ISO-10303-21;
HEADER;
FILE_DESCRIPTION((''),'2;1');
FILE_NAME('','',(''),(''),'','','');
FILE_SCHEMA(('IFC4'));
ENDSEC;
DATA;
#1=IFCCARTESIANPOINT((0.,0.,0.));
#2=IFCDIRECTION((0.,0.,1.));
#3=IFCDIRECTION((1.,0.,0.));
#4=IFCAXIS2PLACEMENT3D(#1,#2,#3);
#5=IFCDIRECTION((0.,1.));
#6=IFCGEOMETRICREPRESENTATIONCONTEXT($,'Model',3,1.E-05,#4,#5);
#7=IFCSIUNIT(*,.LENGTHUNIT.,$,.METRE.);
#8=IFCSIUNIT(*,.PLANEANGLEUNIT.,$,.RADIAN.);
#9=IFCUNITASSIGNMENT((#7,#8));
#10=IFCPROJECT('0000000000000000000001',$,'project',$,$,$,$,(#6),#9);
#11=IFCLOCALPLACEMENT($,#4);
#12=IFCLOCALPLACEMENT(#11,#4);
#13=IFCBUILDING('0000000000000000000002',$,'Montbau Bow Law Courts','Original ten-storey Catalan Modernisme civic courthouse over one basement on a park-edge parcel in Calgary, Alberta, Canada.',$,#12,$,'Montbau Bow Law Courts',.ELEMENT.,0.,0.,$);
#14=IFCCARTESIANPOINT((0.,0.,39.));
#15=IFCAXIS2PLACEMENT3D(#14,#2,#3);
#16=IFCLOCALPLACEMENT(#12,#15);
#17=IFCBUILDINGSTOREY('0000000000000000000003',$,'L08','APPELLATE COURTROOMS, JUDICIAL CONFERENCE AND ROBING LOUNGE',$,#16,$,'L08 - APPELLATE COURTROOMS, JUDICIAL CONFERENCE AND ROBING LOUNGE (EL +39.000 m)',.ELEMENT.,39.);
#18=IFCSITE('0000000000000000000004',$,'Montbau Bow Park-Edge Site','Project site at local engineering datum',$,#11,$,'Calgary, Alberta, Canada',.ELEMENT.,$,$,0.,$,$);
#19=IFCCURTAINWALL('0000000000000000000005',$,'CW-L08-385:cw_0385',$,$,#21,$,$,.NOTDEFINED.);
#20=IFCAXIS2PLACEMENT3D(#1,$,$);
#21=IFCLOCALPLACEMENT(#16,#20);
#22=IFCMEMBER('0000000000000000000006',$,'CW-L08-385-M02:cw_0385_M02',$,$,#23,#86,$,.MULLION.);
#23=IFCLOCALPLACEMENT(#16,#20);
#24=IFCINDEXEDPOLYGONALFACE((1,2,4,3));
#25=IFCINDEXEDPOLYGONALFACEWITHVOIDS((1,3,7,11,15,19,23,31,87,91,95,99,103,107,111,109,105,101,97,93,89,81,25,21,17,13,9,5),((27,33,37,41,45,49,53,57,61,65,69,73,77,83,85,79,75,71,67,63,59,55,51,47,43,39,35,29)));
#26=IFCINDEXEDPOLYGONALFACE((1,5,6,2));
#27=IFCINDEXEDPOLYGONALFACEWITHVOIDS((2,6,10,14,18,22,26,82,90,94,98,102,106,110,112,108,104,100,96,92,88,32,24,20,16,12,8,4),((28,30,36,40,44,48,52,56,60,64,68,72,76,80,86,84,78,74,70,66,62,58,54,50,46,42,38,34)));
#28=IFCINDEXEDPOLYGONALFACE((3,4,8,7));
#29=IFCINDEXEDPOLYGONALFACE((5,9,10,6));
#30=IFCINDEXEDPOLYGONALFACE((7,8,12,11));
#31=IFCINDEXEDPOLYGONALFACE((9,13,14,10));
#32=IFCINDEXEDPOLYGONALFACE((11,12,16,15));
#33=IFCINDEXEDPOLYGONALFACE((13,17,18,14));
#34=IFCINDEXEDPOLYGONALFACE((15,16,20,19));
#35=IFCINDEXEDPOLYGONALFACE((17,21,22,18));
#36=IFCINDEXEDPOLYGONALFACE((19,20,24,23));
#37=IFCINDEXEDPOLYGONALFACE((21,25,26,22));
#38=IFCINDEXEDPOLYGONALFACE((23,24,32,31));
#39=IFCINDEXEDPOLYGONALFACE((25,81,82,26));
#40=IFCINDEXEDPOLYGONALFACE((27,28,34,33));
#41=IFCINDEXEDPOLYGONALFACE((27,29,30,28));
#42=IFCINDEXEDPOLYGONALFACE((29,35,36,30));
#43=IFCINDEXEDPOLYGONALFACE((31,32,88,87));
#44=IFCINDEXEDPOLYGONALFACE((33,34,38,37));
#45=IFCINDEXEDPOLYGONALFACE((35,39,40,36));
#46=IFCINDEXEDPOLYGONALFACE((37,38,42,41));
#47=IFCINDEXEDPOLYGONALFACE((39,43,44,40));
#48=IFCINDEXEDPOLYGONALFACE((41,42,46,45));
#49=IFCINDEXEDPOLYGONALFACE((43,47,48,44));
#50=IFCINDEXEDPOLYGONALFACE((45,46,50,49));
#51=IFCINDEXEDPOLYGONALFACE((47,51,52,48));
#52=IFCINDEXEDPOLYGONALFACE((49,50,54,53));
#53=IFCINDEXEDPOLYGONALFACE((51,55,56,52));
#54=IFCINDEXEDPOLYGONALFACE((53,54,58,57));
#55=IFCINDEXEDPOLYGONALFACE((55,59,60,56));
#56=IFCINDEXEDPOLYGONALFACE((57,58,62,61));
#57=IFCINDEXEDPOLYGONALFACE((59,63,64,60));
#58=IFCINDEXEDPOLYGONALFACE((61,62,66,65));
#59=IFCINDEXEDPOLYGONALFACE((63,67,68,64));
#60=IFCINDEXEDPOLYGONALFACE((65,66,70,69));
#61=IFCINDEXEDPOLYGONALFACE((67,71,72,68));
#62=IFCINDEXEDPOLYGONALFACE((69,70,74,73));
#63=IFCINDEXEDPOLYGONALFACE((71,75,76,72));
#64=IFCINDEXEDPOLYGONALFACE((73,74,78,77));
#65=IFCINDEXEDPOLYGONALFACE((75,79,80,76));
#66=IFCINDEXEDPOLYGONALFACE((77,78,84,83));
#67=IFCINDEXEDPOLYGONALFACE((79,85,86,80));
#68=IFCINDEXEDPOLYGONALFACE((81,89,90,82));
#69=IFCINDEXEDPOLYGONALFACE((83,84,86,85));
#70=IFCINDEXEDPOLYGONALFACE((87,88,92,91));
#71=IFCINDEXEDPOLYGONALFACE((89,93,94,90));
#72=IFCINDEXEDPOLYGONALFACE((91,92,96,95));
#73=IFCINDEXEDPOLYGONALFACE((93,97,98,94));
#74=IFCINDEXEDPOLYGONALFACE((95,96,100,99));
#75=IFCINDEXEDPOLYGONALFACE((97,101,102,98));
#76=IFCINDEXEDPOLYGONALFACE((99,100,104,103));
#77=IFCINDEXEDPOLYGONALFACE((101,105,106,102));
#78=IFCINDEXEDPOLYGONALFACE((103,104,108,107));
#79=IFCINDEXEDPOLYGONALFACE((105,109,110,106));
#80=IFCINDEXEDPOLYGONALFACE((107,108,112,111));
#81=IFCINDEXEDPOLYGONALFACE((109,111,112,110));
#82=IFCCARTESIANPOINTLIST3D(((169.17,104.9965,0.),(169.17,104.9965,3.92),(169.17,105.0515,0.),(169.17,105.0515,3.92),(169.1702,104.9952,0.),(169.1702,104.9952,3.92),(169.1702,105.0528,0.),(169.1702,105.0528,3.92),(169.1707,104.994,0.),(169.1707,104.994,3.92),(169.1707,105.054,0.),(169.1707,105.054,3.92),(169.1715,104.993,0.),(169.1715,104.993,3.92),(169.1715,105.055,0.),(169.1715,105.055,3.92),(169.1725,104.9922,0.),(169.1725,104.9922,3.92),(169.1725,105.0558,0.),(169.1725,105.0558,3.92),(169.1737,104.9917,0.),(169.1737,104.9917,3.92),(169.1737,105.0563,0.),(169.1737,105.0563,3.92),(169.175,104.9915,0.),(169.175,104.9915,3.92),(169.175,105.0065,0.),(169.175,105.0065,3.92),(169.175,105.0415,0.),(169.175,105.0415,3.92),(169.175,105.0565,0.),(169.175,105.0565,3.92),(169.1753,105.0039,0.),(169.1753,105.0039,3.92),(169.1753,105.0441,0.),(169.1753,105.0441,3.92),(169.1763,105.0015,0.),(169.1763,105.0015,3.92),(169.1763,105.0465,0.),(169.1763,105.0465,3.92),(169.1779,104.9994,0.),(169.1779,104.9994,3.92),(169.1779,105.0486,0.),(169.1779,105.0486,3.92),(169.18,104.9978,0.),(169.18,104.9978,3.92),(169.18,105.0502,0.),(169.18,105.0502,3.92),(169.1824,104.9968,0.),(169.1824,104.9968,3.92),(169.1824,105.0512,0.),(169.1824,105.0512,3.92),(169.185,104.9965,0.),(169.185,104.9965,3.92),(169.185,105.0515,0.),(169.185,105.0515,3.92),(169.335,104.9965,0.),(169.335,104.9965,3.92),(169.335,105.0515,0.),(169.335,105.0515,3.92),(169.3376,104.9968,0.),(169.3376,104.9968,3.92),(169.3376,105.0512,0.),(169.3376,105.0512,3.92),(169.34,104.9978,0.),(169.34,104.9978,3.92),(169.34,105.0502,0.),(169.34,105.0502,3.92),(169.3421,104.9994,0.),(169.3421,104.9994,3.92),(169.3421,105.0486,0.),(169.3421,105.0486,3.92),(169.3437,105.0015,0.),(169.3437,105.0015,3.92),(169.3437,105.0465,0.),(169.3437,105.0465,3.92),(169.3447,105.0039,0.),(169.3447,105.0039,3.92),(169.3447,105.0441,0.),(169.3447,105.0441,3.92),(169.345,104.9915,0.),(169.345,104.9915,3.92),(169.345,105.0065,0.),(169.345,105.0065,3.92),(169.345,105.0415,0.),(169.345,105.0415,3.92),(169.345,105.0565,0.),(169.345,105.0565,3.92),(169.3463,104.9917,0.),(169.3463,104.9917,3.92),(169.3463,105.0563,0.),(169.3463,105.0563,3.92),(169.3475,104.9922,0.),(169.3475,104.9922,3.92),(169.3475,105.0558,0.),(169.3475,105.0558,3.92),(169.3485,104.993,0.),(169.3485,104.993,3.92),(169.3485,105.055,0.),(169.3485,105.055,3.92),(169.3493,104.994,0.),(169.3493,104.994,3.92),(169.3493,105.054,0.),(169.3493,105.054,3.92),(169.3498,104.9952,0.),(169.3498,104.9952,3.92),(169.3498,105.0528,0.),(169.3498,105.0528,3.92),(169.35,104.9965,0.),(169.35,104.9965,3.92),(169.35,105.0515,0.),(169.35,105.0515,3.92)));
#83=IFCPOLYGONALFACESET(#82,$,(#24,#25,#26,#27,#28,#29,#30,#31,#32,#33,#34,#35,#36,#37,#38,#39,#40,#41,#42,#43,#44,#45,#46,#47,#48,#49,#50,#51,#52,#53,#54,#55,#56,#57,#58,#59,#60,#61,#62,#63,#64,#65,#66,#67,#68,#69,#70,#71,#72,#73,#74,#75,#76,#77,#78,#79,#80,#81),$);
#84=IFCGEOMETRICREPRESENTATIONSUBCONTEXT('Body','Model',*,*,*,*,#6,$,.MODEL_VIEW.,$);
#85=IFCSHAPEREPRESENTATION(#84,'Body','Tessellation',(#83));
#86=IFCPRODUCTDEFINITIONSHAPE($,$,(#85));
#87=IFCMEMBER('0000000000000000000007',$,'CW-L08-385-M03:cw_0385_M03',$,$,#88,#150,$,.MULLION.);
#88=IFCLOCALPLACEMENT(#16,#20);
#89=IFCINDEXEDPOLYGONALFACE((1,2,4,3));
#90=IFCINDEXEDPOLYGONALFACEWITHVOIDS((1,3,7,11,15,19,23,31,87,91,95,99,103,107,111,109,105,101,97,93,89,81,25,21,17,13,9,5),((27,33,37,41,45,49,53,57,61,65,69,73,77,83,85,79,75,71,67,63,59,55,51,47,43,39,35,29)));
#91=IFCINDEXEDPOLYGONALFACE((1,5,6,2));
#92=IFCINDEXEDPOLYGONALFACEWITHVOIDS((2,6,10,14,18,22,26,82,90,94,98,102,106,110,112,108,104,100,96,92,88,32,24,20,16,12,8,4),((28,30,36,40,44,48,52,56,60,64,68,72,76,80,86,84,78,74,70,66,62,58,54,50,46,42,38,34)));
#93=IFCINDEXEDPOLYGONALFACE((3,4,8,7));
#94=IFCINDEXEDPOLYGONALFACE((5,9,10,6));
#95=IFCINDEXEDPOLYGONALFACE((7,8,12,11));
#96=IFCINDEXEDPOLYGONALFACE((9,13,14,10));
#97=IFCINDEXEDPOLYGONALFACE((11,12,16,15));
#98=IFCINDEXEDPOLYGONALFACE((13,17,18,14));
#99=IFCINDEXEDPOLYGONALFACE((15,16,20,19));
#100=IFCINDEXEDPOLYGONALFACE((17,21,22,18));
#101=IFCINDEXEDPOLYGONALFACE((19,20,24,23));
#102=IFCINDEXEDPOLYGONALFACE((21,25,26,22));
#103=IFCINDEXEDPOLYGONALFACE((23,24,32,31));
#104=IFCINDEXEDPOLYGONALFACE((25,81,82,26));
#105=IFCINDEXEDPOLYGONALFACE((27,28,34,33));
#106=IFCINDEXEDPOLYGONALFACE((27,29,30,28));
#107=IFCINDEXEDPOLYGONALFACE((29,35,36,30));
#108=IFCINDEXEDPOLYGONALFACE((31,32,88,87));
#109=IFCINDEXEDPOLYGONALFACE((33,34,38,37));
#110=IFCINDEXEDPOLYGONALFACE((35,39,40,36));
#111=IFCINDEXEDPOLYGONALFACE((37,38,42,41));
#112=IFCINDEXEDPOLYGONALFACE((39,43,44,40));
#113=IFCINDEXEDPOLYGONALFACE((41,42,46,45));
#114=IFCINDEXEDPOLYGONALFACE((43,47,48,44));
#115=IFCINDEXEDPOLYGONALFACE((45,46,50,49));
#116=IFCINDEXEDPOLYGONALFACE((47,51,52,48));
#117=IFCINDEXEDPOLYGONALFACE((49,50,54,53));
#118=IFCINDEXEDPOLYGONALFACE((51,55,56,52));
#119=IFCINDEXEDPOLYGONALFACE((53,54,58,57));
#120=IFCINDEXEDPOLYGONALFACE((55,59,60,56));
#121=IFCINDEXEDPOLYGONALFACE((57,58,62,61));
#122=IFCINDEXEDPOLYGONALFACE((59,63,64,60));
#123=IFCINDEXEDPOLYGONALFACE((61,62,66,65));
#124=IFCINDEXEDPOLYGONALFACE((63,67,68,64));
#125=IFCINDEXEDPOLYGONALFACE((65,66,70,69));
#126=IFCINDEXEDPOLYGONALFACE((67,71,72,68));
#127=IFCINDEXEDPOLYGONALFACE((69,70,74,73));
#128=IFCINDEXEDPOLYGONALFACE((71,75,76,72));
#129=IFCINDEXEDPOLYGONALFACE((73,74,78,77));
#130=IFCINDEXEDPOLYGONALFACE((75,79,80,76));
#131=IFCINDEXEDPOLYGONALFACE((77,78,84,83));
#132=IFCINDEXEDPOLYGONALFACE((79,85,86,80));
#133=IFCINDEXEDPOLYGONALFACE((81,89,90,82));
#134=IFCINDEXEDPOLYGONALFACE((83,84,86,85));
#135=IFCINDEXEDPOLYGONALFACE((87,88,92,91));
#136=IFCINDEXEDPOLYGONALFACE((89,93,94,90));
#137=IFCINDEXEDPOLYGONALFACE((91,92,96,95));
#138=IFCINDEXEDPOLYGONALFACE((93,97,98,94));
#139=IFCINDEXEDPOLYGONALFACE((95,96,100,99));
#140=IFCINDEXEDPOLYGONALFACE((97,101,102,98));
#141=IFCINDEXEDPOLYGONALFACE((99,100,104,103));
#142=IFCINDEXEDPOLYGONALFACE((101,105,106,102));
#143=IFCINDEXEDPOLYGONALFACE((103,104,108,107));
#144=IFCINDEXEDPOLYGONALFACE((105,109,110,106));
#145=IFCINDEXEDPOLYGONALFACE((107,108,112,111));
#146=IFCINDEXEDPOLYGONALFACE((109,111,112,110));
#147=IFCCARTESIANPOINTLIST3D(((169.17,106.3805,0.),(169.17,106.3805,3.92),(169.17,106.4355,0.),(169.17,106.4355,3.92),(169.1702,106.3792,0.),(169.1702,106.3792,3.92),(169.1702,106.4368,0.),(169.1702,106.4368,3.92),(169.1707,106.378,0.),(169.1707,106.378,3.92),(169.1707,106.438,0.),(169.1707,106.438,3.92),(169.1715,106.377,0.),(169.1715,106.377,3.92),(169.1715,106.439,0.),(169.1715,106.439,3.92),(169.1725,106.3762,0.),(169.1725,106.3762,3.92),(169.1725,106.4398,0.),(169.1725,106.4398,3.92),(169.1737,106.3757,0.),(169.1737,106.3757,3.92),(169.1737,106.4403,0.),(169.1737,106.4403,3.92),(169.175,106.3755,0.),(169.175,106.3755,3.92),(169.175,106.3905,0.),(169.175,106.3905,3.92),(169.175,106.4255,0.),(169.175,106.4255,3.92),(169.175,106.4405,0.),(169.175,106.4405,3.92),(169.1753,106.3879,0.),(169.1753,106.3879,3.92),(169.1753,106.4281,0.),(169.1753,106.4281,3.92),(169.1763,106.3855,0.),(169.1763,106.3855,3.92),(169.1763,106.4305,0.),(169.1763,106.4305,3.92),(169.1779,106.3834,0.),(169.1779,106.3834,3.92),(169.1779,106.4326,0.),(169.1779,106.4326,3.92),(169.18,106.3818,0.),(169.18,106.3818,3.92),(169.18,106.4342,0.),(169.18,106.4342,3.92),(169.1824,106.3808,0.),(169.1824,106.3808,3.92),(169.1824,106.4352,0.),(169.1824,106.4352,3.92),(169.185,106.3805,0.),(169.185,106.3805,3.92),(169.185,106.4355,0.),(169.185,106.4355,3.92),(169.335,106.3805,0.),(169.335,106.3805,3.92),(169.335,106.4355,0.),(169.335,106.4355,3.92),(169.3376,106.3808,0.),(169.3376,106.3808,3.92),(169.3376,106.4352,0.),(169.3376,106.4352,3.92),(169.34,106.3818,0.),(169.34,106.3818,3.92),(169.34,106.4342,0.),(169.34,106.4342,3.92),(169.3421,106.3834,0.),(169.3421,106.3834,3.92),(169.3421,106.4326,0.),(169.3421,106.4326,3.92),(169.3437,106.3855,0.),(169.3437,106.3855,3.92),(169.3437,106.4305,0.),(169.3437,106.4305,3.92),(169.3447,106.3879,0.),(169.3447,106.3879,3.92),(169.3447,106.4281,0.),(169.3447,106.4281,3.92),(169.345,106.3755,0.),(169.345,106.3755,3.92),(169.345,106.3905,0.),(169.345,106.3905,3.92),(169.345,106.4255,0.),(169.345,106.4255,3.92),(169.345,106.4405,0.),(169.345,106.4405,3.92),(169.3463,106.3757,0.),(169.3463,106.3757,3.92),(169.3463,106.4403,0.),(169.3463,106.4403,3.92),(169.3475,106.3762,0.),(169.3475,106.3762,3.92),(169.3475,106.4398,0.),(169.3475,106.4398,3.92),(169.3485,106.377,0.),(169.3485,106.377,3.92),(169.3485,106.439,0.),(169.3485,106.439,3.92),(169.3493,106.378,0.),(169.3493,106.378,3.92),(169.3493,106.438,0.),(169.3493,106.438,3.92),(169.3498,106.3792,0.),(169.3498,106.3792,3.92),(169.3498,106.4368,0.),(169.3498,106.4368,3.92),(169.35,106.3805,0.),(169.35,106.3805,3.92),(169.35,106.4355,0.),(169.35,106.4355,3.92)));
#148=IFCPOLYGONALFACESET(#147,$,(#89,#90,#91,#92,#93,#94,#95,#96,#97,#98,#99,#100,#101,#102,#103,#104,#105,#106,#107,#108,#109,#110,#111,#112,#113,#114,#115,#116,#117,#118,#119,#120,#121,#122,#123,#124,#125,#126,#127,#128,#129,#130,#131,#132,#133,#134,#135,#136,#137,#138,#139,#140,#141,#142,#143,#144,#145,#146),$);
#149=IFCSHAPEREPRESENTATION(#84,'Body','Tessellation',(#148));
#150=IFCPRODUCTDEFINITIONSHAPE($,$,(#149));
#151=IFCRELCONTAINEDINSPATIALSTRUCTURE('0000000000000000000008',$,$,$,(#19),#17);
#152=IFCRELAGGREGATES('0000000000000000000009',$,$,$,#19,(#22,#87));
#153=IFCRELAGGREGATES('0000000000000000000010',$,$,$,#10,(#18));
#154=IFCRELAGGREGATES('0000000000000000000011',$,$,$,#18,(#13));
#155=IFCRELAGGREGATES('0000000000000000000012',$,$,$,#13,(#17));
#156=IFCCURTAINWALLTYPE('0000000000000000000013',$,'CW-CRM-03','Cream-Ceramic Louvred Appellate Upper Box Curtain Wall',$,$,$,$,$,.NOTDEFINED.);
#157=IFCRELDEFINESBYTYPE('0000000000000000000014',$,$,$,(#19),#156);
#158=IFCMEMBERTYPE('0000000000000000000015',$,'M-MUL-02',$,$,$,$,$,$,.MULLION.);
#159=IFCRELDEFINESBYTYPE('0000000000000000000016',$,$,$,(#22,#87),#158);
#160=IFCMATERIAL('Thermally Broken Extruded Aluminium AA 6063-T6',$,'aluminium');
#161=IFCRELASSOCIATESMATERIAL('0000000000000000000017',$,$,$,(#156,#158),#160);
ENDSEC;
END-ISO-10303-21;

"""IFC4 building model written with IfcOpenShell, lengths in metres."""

from ifc_helpers import new_model, si_unit, direction, frame, origin_with_axes, origin_2d_with_axis, place, context, subcontext, project, spatial, hollow_rectangle, extrude, material, material_profile, profile_set, type_object, element, aggregate, save


model = new_model("IFC4")

# Units and contexts
model_context = context("Model", 3, precision=1e-05, world=origin_with_axes(), true_north=direction((0.0, 1.0)))
body_context = subcontext(model_context, "Body", "Model", "MODEL_VIEW")
ifc_project = project(units=[si_unit("LENGTHUNIT", "METRE"), si_unit("PLANEANGLEUNIT", "RADIAN")], contexts=[model_context])

# Site, building, storey
site_placement = place(None, origin_with_axes())
site = spatial("IfcSite", under=ifc_project, at=site_placement, Name="Montbau Bow Park-Edge Site", Description="Project site at local engineering datum", LongName="Calgary, Alberta, Canada", CompositionType="ELEMENT", RefElevation=0.0)
building_placement = place(site_placement, origin_with_axes())
building = spatial("IfcBuilding", under=site, at=building_placement, Name="Montbau Bow Law Courts", Description="Original ten-storey Catalan Modernisme civic courthouse over one basement on a park-edge parcel in Calgary, Alberta, Canada.", LongName="Montbau Bow Law Courts", CompositionType="ELEMENT", ElevationOfRefHeight=0.0, ElevationOfTerrain=0.0)
storey_placement = place(building_placement, frame((0.0, 0.0, 39.0), z_axis=(0.0, 0.0, 1.0), x_axis=(1.0, 0.0, 0.0)))
storey = spatial("IfcBuildingStorey", under=building, at=storey_placement, Name="L08", Description="APPELLATE COURTROOMS, JUDICIAL CONFERENCE AND ROBING LOUNGE", LongName="L08 - APPELLATE COURTROOMS, JUDICIAL CONFERENCE AND ROBING LOUNGE (EL +39.000 m)", CompositionType="ELEMENT", Elevation=39.0)

# Curtain wall, members
ifc_material_1 = material(Name="Thermally Broken Extruded Aluminium AA 6063-T6", Category="aluminium")
curtain_wall_type = type_object("IfcCurtainWallType", Name="CW-CRM-03", Description="Cream-Ceramic Louvred Appellate Upper Box Curtain Wall", PredefinedType="NOTDEFINED", material=ifc_material_1)
curtain_wall_placement = place(None, frame((169.26, 103.64, 39.0), z_axis=(0.0, 0.0, 1.0), x_axis=(1.0, 0.0, 0.0)))
curtain_wall = element("IfcCurtainWall", 1, at=curtain_wall_placement, inside=storey, type_object=curtain_wall_type, Name="CW-L08-385:cw_0385", PredefinedType="NOTDEFINED")
ifc_material_profile_1 = material_profile(ifc_material_1, hollow_rectangle(XDim=0.065, YDim=0.18, WallThickness=0.005, InnerFilletRadius=0.01, OuterFilletRadius=0.005, at=origin_2d_with_axis()), Name="CWM-180X65", Category="Main", Priority=0)
ifc_profile_set_1 = profile_set([ifc_material_profile_1], Name="Thermally Broken Extruded Aluminium AA 6063-T6")
member_type_1 = type_object("IfcMemberType", Name="M-MUL-02", PredefinedType="MULLION", material=ifc_profile_set_1)
member_1_placement = place(None, frame((169.26, 105.024, 39.0), z_axis=(0.0, 0.0, 1.0), x_axis=(0.0, 1.0, 0.0)))
member_1 = element("IfcMember", 2, at=member_1_placement, type_object=member_type_1, Name="CW-L08-385-M02:cw_0385_M02", PredefinedType="MULLION", context=body_context, shape_type="SweptSolid", body=[
    extrude(hollow_rectangle(XDim=0.065, YDim=0.18, WallThickness=0.005, InnerFilletRadius=0.01, OuterFilletRadius=0.005, at=origin_2d_with_axis()), origin_with_axes(), (0.0, 0.0, 1.0), 3.92),
])
member_2_placement = place(None, frame((169.26, 106.408, 39.0), z_axis=(0.0, 0.0, 1.0), x_axis=(0.0, 1.0, 0.0)))
member_2 = element("IfcMember", 3, at=member_2_placement, type_object=member_type_1, Name="CW-L08-385-M03:cw_0385_M03", PredefinedType="MULLION", context=body_context, shape_type="SweptSolid", body=[
    extrude(hollow_rectangle(XDim=0.065, YDim=0.18, WallThickness=0.005, InnerFilletRadius=0.01, OuterFilletRadius=0.005, at=origin_2d_with_axis()), origin_with_axes(), (0.0, 0.0, 1.0), 3.92),
])

aggregate(curtain_wall, [member_1, member_2])

save(model, "model.ifc")
